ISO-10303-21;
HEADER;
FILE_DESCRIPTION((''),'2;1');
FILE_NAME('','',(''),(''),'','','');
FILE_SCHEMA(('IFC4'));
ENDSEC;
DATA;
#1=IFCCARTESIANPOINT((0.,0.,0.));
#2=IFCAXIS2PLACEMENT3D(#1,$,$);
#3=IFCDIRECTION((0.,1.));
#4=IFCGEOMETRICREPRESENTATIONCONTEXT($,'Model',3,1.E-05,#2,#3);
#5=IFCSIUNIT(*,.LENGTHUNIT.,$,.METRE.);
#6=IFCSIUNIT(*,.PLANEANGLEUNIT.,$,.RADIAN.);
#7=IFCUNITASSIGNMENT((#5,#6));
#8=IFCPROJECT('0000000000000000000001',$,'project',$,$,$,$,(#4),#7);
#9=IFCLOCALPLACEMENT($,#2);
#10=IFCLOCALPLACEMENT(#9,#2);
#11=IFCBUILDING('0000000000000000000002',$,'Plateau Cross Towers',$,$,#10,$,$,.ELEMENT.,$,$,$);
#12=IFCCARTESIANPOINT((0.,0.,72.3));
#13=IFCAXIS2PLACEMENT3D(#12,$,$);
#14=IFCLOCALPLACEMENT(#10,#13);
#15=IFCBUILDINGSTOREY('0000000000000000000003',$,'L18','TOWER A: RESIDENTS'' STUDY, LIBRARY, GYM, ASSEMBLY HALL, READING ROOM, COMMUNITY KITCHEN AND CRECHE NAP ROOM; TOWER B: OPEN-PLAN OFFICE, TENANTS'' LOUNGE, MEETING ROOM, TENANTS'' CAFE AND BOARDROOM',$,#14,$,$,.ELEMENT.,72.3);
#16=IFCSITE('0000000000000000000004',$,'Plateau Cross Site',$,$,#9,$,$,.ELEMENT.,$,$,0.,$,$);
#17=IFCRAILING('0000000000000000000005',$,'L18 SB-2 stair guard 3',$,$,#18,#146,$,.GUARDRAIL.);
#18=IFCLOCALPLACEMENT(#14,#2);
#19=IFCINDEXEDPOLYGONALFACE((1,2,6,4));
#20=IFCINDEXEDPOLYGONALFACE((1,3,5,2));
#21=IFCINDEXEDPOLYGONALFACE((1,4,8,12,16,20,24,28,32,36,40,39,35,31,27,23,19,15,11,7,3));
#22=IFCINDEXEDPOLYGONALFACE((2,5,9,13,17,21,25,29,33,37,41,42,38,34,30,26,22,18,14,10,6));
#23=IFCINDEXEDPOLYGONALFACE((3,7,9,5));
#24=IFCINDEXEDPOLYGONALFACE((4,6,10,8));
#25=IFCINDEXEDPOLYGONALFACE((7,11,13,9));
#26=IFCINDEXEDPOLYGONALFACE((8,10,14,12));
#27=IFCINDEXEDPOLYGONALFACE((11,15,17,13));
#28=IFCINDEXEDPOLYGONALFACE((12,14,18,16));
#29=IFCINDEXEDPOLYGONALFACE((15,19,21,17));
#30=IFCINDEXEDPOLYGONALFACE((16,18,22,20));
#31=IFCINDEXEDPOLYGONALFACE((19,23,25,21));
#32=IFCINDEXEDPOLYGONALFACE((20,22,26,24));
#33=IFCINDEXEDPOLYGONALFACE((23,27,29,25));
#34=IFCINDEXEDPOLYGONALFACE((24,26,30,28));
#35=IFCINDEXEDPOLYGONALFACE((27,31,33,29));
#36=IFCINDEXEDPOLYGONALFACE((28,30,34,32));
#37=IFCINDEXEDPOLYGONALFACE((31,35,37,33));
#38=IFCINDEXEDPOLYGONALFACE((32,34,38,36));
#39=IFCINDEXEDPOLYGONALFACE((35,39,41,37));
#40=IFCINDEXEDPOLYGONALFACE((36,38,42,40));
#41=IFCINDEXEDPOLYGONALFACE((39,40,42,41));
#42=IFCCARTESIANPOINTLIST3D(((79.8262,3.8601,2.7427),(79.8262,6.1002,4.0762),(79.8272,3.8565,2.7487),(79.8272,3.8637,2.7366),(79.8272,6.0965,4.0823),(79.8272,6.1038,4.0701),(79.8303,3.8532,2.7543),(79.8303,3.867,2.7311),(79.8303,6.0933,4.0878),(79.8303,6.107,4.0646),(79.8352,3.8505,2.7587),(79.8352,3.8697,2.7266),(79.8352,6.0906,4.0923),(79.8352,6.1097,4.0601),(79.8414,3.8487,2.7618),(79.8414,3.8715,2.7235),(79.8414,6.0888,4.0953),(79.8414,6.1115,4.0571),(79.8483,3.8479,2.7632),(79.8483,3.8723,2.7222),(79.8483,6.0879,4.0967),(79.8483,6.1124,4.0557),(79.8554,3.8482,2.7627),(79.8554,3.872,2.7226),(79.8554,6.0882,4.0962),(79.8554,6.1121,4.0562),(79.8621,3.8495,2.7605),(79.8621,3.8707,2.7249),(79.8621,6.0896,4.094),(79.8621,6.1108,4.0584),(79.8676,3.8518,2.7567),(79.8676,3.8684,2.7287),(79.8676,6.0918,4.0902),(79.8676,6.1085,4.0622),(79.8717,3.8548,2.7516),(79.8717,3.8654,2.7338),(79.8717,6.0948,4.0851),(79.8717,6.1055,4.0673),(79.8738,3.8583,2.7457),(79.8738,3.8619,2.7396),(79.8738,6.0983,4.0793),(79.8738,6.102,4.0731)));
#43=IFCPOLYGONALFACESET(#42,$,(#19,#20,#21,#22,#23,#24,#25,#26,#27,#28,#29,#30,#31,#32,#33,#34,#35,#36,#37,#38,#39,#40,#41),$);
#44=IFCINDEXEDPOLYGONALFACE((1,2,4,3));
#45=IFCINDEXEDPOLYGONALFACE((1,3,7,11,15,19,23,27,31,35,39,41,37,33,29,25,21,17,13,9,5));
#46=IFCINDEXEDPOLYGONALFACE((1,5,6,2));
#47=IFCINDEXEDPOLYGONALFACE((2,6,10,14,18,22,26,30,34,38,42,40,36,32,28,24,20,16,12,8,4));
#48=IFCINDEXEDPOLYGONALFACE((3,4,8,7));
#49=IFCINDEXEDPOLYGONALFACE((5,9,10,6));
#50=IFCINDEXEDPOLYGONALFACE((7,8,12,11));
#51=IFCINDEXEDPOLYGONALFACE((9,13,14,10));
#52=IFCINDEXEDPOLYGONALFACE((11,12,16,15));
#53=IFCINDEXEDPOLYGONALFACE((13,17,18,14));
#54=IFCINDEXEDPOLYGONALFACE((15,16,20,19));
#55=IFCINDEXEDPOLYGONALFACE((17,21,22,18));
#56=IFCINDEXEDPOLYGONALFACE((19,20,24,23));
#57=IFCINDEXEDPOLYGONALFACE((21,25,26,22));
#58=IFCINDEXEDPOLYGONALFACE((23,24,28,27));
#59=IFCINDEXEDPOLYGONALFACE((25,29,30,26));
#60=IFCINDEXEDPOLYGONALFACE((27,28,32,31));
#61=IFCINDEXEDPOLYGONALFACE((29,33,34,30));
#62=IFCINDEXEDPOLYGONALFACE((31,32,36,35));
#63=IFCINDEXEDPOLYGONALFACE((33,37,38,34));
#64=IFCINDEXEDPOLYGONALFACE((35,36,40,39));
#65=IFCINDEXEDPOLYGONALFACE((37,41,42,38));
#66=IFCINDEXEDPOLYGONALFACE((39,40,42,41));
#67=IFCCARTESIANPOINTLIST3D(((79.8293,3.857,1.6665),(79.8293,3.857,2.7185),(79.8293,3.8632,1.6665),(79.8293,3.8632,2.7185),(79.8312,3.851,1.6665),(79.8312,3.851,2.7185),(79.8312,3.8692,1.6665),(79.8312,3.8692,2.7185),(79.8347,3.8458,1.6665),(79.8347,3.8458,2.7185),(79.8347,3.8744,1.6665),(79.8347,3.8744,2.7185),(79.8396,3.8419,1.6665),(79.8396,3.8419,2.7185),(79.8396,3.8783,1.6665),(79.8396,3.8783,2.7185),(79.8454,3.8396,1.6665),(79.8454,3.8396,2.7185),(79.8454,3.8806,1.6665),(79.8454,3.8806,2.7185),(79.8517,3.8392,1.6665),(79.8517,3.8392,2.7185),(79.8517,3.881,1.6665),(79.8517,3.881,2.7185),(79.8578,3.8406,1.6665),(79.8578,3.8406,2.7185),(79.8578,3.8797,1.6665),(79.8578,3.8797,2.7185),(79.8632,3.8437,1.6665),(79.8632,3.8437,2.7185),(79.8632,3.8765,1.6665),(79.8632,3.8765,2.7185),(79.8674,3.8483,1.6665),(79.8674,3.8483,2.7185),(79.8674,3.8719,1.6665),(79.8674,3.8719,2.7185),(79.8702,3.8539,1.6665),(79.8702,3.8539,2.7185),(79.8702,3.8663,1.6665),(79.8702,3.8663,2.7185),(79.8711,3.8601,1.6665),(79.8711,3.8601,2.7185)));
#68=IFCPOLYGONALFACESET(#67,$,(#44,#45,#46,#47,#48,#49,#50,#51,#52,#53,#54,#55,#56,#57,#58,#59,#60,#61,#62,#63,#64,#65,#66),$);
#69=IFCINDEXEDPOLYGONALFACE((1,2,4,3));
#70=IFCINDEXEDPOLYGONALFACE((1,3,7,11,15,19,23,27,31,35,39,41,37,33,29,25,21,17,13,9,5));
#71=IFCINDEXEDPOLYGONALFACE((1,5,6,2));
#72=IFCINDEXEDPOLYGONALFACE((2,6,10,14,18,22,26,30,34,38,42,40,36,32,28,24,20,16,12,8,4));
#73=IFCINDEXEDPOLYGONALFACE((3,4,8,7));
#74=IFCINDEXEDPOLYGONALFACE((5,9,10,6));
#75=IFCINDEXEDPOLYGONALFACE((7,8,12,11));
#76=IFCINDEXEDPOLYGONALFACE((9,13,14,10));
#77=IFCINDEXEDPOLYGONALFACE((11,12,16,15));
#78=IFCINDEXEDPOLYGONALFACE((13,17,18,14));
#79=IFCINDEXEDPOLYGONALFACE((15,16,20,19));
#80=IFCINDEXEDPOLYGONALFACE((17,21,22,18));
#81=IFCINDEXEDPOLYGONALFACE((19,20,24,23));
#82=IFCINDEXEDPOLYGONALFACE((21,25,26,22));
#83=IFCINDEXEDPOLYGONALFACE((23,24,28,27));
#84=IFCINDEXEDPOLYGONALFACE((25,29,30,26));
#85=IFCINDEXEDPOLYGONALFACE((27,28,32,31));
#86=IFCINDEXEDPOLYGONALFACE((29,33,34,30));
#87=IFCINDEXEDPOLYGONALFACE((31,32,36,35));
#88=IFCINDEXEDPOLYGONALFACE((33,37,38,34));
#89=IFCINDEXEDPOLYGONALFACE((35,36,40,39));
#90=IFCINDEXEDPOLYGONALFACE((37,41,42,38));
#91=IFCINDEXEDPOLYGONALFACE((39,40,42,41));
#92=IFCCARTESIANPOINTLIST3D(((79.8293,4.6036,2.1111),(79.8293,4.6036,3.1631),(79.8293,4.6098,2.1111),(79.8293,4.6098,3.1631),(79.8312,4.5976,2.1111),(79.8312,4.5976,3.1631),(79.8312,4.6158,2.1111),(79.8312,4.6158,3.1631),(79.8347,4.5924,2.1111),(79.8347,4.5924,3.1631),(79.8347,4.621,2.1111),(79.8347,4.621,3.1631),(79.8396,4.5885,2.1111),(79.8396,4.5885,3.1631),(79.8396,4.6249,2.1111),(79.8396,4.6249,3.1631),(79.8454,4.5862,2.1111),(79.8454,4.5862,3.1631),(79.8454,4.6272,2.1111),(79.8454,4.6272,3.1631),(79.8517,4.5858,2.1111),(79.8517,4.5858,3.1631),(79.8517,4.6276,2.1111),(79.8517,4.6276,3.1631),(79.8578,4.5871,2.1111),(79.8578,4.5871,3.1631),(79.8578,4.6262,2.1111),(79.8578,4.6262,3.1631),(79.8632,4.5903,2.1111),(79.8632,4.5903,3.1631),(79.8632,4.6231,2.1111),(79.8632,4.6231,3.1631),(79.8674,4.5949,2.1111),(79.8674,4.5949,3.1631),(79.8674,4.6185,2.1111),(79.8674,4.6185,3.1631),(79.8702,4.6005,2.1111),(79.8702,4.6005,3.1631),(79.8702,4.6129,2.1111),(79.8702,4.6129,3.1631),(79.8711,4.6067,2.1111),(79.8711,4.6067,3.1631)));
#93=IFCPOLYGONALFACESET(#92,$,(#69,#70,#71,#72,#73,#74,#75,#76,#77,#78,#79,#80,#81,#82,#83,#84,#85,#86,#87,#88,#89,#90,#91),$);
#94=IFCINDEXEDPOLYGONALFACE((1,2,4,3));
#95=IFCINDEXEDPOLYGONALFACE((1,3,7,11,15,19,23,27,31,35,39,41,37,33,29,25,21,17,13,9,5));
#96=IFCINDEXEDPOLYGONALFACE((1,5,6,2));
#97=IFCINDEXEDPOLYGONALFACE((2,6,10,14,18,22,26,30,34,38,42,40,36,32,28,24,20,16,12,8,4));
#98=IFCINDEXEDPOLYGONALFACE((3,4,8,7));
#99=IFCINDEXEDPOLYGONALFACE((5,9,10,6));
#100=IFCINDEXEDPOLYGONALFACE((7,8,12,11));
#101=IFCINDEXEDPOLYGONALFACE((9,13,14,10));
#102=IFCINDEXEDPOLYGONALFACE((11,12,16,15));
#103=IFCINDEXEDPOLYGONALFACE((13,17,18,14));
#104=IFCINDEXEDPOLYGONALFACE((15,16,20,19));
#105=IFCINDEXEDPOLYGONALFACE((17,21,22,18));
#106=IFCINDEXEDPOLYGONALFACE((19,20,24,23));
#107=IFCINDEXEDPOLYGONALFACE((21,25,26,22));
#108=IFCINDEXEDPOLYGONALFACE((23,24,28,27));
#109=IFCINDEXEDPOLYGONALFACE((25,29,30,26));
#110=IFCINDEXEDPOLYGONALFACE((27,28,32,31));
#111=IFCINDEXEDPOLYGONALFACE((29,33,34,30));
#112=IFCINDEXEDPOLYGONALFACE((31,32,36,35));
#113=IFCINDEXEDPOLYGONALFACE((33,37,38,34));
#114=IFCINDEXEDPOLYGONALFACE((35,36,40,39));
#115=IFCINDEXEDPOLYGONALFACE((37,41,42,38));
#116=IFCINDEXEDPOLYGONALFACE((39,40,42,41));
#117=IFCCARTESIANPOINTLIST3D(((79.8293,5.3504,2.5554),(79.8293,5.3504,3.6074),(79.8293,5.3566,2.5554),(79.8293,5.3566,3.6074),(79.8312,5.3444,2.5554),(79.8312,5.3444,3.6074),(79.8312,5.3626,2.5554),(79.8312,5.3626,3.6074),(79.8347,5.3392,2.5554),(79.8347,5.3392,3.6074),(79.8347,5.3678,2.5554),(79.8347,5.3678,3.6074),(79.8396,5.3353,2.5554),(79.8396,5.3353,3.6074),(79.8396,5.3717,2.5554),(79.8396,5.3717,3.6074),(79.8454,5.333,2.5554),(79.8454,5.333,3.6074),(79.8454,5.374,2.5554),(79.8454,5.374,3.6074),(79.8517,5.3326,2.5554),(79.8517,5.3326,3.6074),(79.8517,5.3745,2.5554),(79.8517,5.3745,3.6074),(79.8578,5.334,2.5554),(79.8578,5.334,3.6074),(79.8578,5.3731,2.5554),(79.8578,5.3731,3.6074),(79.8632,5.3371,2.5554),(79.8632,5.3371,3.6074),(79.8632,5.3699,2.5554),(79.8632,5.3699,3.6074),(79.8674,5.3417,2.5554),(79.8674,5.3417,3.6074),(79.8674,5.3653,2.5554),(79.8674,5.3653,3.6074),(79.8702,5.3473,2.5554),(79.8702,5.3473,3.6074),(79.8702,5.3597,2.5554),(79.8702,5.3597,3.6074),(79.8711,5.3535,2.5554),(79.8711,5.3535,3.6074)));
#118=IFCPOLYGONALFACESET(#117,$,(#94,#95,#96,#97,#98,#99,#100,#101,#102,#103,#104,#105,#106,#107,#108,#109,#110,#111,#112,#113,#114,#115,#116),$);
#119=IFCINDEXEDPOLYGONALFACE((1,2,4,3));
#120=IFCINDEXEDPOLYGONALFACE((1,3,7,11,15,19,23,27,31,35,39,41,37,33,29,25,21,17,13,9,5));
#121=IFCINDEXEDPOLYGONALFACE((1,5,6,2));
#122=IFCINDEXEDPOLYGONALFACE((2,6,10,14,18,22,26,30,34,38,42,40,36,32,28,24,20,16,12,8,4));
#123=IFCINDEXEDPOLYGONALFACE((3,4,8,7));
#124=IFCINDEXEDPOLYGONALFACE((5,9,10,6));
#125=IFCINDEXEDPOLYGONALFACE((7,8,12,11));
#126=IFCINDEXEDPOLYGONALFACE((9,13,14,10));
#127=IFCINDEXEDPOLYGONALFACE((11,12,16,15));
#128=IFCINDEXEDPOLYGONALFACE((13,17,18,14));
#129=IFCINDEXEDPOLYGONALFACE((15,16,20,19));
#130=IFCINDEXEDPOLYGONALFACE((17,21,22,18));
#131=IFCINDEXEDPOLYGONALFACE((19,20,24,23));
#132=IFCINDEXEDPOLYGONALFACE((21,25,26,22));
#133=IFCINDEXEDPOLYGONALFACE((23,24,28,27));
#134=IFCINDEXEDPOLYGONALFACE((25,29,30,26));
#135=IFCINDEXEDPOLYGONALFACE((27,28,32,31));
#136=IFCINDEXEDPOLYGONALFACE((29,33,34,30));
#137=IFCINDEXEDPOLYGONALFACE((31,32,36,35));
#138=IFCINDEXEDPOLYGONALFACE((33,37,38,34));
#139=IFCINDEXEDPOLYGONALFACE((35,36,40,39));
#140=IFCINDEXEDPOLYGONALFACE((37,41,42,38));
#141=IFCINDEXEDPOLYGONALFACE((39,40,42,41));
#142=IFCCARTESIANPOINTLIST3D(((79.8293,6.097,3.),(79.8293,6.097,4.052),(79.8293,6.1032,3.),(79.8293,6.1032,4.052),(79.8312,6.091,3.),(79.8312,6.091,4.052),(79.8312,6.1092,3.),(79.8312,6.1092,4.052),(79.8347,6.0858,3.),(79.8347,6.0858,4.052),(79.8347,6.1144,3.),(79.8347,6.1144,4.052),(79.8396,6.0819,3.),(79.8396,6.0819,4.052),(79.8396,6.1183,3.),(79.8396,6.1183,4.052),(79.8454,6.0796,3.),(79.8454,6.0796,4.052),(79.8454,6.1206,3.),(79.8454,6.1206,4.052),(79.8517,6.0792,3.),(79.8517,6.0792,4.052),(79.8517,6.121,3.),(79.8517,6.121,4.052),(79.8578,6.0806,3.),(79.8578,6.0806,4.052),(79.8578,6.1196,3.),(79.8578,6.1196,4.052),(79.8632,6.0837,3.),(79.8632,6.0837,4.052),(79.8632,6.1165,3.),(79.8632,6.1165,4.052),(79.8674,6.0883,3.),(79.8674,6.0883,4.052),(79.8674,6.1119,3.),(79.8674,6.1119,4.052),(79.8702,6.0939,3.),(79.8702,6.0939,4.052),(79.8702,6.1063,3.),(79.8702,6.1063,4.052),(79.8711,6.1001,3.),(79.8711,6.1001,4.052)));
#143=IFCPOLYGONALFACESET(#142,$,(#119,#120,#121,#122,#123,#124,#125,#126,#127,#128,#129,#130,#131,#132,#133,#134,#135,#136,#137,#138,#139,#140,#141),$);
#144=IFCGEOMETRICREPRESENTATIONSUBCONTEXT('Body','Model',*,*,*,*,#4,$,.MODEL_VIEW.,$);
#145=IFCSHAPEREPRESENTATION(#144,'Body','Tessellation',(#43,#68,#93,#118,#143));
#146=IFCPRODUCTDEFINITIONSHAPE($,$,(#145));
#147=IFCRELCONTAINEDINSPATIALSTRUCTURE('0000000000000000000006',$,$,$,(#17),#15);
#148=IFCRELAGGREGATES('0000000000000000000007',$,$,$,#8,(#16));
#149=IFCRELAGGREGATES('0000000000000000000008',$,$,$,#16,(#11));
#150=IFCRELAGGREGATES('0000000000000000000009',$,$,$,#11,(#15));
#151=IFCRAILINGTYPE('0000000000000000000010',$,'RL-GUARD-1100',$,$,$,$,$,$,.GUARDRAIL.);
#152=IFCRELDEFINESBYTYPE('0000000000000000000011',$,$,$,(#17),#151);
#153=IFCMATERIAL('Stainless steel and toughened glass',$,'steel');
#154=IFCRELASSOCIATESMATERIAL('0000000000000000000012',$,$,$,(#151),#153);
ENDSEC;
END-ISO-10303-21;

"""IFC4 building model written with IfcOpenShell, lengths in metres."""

from ifc_helpers import new_model, si_unit, direction, frame, origin, origin_2d, place, context, subcontext, project, spatial, circle, extrude, material, type_object, element, save


model = new_model("IFC4")

# Units and contexts
model_context = context("Model", 3, precision=1e-05, world=origin(), true_north=direction((0.0, 1.0)))
body_context = subcontext(model_context, "Body", "Model", "MODEL_VIEW")
ifc_project = project(units=[si_unit("LENGTHUNIT", "METRE"), si_unit("PLANEANGLEUNIT", "RADIAN")], contexts=[model_context])

# Site, building, storey
site_placement = place(None, origin())
site = spatial("IfcSite", under=ifc_project, at=site_placement, Name="Plateau Cross Site", CompositionType="ELEMENT", RefElevation=0.0)
building_placement = place(site_placement, origin())
building = spatial("IfcBuilding", under=site, at=building_placement, Name="Plateau Cross Towers", CompositionType="ELEMENT")
storey_placement = place(building_placement, frame((0.0, 0.0, 72.3)))
storey = spatial("IfcBuildingStorey", under=building, at=storey_placement, Name="L18", Description="TOWER A: RESIDENTS' STUDY, LIBRARY, GYM, ASSEMBLY HALL, READING ROOM, COMMUNITY KITCHEN AND CRECHE NAP ROOM; TOWER B: OPEN-PLAN OFFICE, TENANTS' LOUNGE, MEETING ROOM, TENANTS' CAFE AND BOARDROOM", CompositionType="ELEMENT", Elevation=72.3)

# Railing
ifc_material_1 = material(Name="Stainless steel and toughened glass", Category="steel")
railing_type_1 = type_object("IfcRailingType", Name="RL-GUARD-1100", PredefinedType="GUARDRAIL", material=ifc_material_1)
railing_1_placement = place(storey_placement, frame((79.8501, 3.8601, 1.6665)))
element("IfcRailing", 1, at=railing_1_placement, inside=storey, type_object=railing_type_1, Name="L18 SB-2 stair guard 3", PredefinedType="GUARDRAIL", context=body_context, shape_type="SweptSolid", body=[
    extrude(circle(Radius=0.0239, at=origin_2d()), frame((0.0, 0.0, 1.0762), z_axis=(0.0, 0.859264, 0.511532), x_axis=(-1.0, 0.0, 0.0)), (0.0, 0.0, 1.0), 2.6069),
    extrude(circle(Radius=0.021, at=origin_2d()), origin(), (0.0, 0.0, 1.0), 1.052),
    extrude(circle(Radius=0.021, at=origin_2d()), frame((0.0, 0.7466, 0.4446)), (0.0, 0.0, 1.0), 1.052),
    extrude(circle(Radius=0.021, at=origin_2d()), frame((0.0, 1.4934, 0.8889)), (0.0, 0.0, 1.0), 1.052),
    extrude(circle(Radius=0.021, at=origin_2d()), frame((0.0, 2.24, 1.3335)), (0.0, 0.0, 1.0), 1.052),
])

save(model, "model.ifc")
